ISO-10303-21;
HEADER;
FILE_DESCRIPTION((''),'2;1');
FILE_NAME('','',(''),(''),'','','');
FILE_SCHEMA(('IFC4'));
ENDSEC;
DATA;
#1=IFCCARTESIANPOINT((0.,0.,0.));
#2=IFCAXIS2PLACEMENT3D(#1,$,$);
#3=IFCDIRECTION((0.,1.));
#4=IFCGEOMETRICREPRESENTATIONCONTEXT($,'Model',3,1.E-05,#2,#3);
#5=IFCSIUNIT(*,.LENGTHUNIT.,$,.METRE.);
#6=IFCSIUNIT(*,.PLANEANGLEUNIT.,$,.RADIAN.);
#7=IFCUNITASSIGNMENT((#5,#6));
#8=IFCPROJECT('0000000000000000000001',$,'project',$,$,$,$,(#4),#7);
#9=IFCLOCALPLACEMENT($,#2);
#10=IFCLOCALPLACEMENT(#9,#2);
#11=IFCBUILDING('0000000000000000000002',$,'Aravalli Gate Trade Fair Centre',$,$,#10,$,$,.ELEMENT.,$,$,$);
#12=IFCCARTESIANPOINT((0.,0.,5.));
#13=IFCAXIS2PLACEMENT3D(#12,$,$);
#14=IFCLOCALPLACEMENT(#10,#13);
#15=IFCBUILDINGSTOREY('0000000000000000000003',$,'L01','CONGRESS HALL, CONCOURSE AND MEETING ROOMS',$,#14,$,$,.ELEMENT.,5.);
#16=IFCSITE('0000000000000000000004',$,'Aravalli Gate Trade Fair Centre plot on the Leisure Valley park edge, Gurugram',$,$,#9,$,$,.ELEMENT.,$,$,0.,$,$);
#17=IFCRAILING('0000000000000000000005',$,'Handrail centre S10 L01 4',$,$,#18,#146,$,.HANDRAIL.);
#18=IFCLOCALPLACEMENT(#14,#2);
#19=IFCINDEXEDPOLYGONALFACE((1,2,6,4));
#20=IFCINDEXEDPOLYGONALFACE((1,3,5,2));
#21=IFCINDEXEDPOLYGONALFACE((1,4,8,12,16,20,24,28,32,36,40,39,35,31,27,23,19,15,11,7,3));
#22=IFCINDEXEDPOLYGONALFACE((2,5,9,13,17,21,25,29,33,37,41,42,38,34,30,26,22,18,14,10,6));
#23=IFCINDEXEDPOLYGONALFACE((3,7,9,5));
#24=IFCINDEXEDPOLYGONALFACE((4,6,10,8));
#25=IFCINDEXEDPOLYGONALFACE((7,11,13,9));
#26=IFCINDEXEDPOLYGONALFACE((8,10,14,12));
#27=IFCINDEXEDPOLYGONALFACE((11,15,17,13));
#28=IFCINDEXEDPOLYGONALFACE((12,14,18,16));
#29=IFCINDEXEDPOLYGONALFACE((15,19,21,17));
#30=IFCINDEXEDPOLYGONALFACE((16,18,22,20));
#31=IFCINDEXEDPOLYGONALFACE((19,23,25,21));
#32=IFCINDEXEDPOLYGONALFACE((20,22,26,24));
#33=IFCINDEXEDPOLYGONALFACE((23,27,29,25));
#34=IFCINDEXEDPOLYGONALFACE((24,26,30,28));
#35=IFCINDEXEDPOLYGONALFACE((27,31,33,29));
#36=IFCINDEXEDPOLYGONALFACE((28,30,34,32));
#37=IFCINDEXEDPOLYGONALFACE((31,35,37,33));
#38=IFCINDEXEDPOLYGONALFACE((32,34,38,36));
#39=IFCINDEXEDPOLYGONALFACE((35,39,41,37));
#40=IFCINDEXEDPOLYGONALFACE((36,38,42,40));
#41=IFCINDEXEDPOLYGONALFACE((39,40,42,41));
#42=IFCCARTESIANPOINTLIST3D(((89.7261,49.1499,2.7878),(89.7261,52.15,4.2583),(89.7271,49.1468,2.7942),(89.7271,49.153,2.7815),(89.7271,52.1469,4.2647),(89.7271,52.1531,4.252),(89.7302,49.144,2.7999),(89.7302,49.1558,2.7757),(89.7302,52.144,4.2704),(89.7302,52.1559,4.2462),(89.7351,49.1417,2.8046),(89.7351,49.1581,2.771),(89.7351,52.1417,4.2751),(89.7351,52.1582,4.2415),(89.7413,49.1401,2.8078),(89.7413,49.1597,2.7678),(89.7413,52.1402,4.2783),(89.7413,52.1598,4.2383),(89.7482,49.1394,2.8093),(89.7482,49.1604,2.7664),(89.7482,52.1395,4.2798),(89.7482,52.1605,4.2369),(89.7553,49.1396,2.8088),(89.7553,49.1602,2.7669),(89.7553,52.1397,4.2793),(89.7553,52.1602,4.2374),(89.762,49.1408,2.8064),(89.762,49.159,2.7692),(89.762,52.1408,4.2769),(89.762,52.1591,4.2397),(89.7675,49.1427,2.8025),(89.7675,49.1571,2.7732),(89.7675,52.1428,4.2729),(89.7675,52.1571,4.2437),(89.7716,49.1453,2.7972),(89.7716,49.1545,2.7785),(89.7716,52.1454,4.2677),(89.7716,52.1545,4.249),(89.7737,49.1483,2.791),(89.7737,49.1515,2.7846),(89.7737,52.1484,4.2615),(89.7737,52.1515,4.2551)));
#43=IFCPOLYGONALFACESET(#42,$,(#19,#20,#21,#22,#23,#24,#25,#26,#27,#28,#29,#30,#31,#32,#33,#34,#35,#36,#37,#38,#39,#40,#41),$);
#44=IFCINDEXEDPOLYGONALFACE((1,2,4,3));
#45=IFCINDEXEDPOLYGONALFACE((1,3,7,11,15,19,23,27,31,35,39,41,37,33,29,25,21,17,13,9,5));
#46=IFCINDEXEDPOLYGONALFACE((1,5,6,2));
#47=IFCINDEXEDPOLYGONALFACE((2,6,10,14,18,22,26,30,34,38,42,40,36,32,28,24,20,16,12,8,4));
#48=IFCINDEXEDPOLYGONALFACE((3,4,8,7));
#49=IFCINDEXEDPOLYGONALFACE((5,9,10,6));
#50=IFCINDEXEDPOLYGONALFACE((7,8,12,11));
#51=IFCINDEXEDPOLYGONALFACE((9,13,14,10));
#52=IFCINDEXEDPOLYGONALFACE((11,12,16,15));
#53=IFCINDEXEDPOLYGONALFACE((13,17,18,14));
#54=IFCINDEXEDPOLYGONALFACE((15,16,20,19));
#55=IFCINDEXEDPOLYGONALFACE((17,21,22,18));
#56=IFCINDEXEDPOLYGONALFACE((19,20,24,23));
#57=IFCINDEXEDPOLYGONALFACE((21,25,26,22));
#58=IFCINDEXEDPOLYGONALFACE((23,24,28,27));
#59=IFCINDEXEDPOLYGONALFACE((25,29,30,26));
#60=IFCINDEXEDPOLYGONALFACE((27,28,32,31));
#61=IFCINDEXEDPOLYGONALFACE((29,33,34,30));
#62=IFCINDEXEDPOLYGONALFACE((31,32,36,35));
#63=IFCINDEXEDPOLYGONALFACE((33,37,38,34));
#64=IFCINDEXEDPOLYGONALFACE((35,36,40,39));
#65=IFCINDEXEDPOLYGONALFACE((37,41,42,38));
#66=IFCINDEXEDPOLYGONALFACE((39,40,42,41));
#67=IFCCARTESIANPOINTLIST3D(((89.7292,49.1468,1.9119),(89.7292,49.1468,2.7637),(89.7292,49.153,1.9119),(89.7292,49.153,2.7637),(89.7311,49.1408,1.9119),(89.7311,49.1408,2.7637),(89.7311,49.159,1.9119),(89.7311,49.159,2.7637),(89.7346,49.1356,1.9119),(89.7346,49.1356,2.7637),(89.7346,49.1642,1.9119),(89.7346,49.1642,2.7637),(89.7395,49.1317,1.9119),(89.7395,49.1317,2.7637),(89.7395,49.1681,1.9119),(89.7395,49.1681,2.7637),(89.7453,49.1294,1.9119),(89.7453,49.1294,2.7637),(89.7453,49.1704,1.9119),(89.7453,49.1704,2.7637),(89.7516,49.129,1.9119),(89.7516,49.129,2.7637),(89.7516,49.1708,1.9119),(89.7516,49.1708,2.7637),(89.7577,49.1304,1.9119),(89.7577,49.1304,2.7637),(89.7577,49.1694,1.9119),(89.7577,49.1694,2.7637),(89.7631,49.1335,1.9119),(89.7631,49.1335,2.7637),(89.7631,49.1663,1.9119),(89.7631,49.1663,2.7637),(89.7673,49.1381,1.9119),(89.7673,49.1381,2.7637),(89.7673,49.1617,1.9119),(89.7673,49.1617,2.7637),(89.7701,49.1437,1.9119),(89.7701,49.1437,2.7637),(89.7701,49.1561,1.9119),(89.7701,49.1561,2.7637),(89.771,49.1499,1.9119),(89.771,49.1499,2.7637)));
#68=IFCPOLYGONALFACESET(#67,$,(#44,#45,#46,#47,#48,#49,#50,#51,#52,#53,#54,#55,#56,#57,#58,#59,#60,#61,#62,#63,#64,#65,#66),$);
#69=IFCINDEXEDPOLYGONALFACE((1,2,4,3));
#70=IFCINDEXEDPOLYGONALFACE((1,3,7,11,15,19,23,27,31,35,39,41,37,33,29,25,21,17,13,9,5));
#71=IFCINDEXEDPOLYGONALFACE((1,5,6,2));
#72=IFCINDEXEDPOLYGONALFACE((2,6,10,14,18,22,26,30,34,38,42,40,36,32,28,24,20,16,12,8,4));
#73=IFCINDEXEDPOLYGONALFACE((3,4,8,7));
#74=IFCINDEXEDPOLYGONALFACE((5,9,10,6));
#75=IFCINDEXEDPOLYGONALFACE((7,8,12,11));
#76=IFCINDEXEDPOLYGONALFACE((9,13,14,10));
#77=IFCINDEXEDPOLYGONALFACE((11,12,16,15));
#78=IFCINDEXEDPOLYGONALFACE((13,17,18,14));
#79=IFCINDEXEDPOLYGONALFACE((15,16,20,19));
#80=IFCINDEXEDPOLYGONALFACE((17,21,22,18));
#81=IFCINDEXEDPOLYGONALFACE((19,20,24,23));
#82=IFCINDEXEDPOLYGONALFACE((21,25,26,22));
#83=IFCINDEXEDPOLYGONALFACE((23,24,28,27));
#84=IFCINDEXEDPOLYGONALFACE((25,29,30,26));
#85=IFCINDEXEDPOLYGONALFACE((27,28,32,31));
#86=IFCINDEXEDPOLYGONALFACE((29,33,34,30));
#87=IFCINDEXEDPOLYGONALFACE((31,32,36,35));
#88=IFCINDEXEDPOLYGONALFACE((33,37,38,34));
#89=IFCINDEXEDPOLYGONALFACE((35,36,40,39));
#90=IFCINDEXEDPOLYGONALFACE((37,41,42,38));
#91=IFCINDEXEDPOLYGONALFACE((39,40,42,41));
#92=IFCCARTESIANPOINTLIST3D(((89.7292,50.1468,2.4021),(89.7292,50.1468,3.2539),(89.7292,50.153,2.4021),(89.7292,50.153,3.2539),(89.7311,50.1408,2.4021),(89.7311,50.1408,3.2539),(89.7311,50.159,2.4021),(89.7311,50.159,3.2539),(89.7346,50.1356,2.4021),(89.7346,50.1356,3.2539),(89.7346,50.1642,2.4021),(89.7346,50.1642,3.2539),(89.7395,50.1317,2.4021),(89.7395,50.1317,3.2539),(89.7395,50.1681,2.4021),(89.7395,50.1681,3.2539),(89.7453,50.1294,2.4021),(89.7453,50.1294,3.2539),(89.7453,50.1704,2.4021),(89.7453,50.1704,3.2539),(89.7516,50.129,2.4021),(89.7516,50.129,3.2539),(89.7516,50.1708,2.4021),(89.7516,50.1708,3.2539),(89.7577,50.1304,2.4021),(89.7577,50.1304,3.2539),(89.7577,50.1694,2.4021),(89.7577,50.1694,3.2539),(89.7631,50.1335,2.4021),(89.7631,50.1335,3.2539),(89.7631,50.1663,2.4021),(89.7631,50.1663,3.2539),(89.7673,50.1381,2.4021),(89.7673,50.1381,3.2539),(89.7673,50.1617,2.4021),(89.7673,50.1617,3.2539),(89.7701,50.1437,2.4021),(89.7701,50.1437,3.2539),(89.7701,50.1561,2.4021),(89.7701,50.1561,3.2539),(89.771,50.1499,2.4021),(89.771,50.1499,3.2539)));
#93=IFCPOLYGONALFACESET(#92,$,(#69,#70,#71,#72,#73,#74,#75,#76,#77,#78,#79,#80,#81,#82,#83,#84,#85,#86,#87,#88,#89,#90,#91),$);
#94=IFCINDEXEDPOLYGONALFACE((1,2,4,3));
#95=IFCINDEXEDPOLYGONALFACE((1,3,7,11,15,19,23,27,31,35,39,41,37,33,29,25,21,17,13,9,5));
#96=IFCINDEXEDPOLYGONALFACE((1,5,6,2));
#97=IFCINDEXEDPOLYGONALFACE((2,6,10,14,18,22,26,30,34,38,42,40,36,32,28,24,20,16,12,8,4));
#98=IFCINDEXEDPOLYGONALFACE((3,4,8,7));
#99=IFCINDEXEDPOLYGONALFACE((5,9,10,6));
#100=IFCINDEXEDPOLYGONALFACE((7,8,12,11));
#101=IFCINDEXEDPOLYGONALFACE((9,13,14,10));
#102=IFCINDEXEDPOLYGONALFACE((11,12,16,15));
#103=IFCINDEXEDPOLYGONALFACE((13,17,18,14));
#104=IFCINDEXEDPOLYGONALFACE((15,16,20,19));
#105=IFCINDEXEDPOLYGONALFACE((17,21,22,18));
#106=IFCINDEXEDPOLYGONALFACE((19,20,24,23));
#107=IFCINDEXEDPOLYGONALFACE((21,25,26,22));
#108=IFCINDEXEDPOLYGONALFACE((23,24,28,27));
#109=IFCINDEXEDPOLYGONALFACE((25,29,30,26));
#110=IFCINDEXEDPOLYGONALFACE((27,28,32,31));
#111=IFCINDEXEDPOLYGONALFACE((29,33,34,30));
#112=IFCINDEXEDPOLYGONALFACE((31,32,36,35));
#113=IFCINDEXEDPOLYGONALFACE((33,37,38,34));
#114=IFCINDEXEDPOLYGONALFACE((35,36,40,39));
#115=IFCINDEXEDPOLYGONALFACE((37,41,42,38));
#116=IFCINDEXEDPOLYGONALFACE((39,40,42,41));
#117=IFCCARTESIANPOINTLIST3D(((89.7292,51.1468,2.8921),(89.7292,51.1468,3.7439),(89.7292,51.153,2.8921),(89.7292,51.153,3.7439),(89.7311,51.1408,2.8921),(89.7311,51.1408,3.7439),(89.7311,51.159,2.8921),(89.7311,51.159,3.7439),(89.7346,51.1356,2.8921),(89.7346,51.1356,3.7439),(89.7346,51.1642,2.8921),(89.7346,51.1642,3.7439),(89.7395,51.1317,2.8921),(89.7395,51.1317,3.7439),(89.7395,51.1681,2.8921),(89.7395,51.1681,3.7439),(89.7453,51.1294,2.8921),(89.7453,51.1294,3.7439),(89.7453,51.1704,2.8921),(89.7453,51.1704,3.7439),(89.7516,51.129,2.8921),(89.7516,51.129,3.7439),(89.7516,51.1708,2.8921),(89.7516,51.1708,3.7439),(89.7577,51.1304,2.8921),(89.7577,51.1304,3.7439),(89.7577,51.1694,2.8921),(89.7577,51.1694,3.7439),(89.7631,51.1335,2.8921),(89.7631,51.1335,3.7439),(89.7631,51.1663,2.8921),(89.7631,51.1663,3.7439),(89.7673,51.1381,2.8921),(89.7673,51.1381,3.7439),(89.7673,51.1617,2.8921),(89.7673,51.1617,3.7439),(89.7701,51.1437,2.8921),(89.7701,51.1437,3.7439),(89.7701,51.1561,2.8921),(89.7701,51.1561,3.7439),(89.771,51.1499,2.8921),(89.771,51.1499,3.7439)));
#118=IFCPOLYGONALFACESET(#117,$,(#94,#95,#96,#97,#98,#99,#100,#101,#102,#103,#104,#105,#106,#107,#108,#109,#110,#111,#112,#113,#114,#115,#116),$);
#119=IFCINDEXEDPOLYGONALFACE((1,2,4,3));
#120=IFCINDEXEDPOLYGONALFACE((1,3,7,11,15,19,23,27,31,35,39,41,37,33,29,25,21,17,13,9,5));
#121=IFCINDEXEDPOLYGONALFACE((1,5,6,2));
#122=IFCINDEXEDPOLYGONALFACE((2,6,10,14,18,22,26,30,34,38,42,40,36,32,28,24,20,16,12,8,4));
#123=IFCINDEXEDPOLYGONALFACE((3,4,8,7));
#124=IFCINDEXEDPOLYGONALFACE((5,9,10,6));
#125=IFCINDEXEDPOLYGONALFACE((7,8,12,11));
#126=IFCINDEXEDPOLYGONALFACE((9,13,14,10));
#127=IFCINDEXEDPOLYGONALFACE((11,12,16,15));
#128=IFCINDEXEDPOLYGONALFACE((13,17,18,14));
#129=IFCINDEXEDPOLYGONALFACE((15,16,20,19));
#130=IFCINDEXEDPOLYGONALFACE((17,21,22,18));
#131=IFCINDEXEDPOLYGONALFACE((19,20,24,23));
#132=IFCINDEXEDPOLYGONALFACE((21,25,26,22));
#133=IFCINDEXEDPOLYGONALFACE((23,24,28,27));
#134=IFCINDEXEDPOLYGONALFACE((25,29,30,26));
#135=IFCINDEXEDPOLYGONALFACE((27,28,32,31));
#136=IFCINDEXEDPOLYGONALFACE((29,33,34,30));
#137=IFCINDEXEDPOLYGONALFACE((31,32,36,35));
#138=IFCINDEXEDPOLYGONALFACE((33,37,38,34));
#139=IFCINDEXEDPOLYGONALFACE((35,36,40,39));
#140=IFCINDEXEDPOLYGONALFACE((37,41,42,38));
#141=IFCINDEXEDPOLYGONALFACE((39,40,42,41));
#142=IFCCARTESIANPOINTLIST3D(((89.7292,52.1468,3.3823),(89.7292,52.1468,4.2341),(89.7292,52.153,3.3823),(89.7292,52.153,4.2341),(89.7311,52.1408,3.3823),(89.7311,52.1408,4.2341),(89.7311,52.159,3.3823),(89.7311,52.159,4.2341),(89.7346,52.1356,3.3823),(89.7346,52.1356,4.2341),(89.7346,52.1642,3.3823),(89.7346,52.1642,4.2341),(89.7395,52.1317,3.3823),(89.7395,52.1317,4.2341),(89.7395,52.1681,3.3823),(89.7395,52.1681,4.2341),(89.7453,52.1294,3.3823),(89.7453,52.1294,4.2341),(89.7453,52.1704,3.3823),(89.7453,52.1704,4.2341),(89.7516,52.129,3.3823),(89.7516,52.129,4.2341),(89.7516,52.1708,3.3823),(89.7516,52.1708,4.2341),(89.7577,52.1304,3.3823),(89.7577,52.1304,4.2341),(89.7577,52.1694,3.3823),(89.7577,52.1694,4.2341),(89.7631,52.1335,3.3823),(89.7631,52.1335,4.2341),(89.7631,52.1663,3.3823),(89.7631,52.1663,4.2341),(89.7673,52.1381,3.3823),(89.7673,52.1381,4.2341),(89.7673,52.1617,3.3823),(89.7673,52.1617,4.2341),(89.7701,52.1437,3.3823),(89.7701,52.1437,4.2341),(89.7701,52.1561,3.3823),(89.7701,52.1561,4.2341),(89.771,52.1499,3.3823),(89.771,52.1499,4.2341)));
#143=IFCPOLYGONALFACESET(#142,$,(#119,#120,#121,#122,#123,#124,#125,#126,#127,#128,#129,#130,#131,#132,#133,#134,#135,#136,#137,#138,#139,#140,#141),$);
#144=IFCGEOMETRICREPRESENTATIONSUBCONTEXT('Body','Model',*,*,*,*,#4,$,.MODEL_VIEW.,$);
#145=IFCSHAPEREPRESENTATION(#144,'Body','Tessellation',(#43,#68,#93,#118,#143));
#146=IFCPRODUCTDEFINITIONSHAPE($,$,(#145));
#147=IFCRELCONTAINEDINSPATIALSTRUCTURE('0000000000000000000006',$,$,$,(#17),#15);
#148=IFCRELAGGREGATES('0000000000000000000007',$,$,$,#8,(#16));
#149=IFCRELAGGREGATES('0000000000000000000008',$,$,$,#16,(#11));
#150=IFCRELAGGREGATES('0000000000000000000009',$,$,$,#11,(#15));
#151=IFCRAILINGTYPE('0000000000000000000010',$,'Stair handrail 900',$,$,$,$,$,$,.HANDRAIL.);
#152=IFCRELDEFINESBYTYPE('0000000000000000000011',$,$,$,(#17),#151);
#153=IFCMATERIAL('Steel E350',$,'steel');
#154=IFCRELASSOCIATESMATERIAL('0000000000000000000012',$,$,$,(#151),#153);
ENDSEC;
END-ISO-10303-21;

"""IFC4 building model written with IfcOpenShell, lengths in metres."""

from ifc_helpers import new_model, si_unit, direction, frame, origin, origin_2d, place, context, subcontext, project, spatial, circle, extrude, material, type_object, element, save


model = new_model("IFC4")

# Units and contexts
model_context = context("Model", 3, precision=1e-05, world=origin(), true_north=direction((0.0, 1.0)))
body_context = subcontext(model_context, "Body", "Model", "MODEL_VIEW")
ifc_project = project(units=[si_unit("LENGTHUNIT", "METRE"), si_unit("PLANEANGLEUNIT", "RADIAN")], contexts=[model_context])

# Site, building, storey
site_placement = place(None, origin())
site = spatial("IfcSite", under=ifc_project, at=site_placement, Name="Aravalli Gate Trade Fair Centre plot on the Leisure Valley park edge, Gurugram", CompositionType="ELEMENT", RefElevation=0.0)
building_placement = place(site_placement, origin())
building = spatial("IfcBuilding", under=site, at=building_placement, Name="Aravalli Gate Trade Fair Centre", CompositionType="ELEMENT")
storey_placement = place(building_placement, frame((0.0, 0.0, 5.0)))
storey = spatial("IfcBuildingStorey", under=building, at=storey_placement, Name="L01", Description="CONGRESS HALL, CONCOURSE AND MEETING ROOMS", CompositionType="ELEMENT", Elevation=5.0)

# Railing
ifc_material_1 = material(Name="Steel E350", Category="steel")
railing_type_1 = type_object("IfcRailingType", Name="Stair handrail 900", PredefinedType="HANDRAIL", material=ifc_material_1)
for number, where, name in (
    (1, (89.75, 49.1499, 1.9119), "Handrail centre S10 L01 4"),
):
    element("IfcRailing", number, at=place(storey_placement, frame(where)), inside=storey, type_object=railing_type_1, Name=name, PredefinedType="HANDRAIL", context=body_context, shape_type="SweptSolid", body=[
        extrude(circle(Radius=0.0239, at=origin_2d()), frame((0.0, 0.0, 0.876), z_axis=(0.0, 0.897936, 0.440126), x_axis=(-1.0, 0.0, 0.0)), (0.0, 0.0, 1.0), 3.3411),
        extrude(circle(Radius=0.021, at=origin_2d()), origin(), (0.0, 0.0, 1.0), 0.8518),
        extrude(circle(Radius=0.021, at=origin_2d()), frame((0.0, 1.0, 0.4902)), (0.0, 0.0, 1.0), 0.8518),
        extrude(circle(Radius=0.021, at=origin_2d()), frame((0.0, 2.0, 0.9802)), (0.0, 0.0, 1.0), 0.8518),
        extrude(circle(Radius=0.021, at=origin_2d()), frame((0.0, 3.0, 1.4705)), (0.0, 0.0, 1.0), 0.8518),
    ])

save(model, "model.ifc")
